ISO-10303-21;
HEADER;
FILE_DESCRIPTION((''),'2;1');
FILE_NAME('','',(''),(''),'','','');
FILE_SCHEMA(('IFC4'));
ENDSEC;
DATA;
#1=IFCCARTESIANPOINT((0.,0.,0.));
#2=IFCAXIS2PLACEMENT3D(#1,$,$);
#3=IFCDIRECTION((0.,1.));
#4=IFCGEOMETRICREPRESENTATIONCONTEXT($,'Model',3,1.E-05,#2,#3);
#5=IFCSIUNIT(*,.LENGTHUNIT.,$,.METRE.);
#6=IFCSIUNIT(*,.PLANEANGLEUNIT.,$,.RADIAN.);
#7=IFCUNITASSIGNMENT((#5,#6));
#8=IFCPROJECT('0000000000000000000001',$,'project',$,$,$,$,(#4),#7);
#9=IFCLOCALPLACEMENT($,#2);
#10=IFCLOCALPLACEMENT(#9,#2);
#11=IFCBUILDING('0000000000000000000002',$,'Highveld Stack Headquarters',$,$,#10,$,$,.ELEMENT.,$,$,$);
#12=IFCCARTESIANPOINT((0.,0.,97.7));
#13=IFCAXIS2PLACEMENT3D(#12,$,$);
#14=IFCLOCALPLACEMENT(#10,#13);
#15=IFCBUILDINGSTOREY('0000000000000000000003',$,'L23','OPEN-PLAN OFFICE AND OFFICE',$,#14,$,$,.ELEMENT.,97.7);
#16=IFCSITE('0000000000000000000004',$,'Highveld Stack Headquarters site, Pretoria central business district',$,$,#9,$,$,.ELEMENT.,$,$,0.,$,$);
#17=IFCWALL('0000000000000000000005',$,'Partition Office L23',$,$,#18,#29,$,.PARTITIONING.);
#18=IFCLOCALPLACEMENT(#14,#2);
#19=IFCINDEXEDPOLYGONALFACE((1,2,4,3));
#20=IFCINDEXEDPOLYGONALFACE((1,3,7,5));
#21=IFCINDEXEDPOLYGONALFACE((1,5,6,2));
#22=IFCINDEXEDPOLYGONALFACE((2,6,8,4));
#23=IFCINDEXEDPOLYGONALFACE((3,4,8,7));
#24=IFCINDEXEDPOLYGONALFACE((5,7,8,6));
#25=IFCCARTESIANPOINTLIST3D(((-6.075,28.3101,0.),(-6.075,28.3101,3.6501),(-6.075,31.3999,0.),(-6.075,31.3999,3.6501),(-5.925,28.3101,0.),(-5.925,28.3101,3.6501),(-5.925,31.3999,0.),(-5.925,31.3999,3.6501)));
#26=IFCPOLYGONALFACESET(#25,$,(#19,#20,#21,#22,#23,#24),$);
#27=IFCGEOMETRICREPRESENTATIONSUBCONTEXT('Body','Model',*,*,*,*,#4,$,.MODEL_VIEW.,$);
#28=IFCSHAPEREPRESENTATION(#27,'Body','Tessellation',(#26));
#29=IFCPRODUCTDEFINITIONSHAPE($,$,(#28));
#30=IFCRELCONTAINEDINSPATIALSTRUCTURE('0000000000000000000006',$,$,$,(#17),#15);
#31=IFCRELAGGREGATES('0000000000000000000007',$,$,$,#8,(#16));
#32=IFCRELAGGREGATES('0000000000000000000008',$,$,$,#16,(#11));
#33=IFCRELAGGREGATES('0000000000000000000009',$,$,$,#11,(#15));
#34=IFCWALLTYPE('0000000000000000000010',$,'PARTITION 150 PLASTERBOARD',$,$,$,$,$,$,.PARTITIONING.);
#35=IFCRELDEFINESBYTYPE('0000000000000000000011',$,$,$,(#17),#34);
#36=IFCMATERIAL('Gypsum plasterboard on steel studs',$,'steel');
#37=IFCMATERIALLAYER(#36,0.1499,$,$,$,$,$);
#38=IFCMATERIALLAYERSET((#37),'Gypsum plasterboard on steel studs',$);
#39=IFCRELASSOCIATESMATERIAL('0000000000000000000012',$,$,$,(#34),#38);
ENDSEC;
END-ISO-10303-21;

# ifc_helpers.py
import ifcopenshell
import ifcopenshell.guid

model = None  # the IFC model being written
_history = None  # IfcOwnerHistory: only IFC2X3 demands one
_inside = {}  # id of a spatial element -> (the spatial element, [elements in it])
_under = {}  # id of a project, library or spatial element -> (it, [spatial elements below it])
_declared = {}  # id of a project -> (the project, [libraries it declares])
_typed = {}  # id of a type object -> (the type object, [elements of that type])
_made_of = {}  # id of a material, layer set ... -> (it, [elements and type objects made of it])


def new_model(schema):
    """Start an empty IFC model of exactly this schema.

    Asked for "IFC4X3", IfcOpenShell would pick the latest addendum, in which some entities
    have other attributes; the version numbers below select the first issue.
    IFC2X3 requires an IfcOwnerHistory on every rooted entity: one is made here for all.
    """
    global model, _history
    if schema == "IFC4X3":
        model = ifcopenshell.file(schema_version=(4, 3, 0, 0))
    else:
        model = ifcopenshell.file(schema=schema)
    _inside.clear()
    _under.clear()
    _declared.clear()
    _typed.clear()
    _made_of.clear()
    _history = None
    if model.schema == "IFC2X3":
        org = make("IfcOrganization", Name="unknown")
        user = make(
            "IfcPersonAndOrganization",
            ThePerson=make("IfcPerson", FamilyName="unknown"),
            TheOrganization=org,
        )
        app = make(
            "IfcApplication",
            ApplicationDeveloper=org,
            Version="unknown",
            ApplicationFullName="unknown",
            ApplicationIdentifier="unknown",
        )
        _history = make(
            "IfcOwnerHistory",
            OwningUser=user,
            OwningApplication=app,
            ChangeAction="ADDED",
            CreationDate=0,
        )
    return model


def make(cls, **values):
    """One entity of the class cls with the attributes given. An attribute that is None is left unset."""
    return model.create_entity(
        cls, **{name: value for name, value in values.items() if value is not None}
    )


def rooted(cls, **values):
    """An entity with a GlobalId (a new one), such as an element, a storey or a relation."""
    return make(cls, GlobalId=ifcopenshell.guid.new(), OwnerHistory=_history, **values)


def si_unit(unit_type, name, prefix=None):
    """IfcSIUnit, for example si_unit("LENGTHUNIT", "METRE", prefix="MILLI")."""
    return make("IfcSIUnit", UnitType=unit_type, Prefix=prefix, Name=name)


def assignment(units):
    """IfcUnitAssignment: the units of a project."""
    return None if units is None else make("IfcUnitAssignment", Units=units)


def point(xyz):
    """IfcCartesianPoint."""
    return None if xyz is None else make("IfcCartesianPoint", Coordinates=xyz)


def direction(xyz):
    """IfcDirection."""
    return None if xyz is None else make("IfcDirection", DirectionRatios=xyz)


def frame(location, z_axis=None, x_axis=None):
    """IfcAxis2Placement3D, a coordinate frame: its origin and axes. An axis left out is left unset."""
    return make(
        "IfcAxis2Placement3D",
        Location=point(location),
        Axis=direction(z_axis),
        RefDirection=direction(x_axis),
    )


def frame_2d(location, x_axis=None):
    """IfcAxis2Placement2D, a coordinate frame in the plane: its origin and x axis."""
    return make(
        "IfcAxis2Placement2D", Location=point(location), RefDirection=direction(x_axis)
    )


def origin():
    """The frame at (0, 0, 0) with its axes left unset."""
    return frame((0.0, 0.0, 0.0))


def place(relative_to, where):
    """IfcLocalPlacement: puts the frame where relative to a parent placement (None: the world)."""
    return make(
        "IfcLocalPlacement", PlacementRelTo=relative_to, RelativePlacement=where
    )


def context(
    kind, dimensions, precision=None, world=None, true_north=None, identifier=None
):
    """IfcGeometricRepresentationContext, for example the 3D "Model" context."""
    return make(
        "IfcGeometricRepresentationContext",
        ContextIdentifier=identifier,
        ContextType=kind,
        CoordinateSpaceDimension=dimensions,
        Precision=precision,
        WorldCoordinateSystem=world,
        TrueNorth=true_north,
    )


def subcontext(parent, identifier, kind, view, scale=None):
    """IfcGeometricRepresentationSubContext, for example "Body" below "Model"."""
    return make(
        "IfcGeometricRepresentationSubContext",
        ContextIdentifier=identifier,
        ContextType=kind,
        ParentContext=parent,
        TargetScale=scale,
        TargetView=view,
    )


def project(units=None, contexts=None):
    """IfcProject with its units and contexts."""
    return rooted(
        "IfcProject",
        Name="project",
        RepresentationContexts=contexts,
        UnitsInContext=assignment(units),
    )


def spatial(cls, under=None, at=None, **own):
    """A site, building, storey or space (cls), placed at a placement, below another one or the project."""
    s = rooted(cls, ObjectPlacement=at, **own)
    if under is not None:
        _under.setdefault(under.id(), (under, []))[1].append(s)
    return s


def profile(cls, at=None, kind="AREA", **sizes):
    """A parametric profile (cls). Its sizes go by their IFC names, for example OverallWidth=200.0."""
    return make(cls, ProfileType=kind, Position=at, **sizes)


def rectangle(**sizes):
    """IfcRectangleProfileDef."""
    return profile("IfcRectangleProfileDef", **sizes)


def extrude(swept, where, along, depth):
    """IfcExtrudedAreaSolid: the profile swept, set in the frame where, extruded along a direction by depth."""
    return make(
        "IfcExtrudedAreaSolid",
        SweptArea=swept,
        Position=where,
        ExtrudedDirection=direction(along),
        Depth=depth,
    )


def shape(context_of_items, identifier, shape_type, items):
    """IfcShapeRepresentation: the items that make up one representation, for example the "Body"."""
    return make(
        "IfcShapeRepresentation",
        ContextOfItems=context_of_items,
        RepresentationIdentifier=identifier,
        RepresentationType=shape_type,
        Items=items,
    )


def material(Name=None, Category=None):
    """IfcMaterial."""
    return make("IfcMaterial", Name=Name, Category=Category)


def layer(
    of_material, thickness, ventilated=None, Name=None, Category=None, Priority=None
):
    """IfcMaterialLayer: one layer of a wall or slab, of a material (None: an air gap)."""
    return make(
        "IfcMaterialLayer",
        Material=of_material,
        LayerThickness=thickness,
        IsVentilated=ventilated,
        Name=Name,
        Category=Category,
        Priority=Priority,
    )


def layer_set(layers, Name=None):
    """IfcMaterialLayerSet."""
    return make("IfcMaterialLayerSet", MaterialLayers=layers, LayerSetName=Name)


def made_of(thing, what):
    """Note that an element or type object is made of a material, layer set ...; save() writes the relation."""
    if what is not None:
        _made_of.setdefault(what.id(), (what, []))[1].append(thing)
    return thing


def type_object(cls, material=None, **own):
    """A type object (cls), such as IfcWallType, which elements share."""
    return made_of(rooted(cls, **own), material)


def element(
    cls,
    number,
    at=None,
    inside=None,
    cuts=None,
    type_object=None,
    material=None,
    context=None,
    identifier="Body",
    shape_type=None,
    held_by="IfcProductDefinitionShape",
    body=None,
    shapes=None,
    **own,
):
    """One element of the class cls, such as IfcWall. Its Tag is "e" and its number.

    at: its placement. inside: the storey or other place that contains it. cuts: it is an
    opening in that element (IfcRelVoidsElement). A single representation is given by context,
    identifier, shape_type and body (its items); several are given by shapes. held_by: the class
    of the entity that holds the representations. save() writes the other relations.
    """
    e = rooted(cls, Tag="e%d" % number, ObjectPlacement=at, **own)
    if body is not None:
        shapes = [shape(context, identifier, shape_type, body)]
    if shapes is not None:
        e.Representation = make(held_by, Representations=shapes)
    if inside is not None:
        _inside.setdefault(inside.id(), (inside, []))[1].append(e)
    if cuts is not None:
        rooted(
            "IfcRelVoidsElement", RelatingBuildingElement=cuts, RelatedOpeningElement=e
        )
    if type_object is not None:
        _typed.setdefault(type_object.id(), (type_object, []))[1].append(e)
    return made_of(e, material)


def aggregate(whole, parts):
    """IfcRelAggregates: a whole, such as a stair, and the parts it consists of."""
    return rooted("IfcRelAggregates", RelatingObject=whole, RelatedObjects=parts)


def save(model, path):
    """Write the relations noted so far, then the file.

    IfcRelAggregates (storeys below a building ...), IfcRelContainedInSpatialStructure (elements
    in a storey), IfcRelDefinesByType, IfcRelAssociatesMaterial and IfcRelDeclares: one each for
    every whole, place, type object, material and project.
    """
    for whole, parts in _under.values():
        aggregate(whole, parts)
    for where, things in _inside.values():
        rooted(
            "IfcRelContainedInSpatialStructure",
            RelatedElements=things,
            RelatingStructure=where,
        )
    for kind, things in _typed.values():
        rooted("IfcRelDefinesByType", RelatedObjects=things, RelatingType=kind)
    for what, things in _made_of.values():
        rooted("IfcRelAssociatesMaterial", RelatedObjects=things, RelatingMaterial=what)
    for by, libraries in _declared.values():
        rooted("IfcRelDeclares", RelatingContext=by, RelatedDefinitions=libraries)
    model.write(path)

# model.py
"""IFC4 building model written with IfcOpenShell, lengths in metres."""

from ifc_helpers import new_model, si_unit, direction, frame, frame_2d, origin, place, context, subcontext, project, spatial, rectangle, extrude, material, layer, layer_set, type_object, element, save


model = new_model("IFC4")

# Units and contexts
model_context = context("Model", 3, precision=1e-05, world=origin(), true_north=direction((0.0, 1.0)))
body_context = subcontext(model_context, "Body", "Model", "MODEL_VIEW")
ifc_project = project(units=[si_unit("LENGTHUNIT", "METRE"), si_unit("PLANEANGLEUNIT", "RADIAN")], contexts=[model_context])

# Site, building, storey
site_placement = place(None, origin())
site = spatial("IfcSite", under=ifc_project, at=site_placement, Name="Highveld Stack Headquarters site, Pretoria central business district", CompositionType="ELEMENT", RefElevation=0.0)
building_placement = place(site_placement, origin())
building = spatial("IfcBuilding", under=site, at=building_placement, Name="Highveld Stack Headquarters", CompositionType="ELEMENT")
storey_placement = place(building_placement, frame((0.0, 0.0, 97.7)))
storey = spatial("IfcBuildingStorey", under=building, at=storey_placement, Name="L23", Description="OPEN-PLAN OFFICE AND OFFICE", CompositionType="ELEMENT", Elevation=97.7)

# Shared definitions
ifc_material_1 = material(Name="Gypsum plasterboard on steel studs", Category="steel")
ifc_layer_1 = layer(ifc_material_1, 0.1499)
ifc_layer_set_1 = layer_set([ifc_layer_1], Name="Gypsum plasterboard on steel studs")
wall_type = type_object("IfcWallType", Name="PARTITION 150 PLASTERBOARD", PredefinedType="PARTITIONING", material=ifc_layer_set_1)

# Wall
wall_1_placement = place(storey_placement, frame((-6.0, 28.3101, 0.0), z_axis=(0.0, 0.0, 1.0), x_axis=(0.0, 1.0, 0.0)))
element("IfcWall", 1, at=wall_1_placement, inside=storey, type_object=wall_type, Name="Partition Office L23", PredefinedType="PARTITIONING", context=body_context, shape_type="SweptSolid", body=[
    extrude(rectangle(XDim=3.0898, YDim=0.1499, at=frame_2d((1.5449, 0.0))), origin(), (0.0, 0.0, 1.0), 3.6501),
])

save(model, "model.ifc")
